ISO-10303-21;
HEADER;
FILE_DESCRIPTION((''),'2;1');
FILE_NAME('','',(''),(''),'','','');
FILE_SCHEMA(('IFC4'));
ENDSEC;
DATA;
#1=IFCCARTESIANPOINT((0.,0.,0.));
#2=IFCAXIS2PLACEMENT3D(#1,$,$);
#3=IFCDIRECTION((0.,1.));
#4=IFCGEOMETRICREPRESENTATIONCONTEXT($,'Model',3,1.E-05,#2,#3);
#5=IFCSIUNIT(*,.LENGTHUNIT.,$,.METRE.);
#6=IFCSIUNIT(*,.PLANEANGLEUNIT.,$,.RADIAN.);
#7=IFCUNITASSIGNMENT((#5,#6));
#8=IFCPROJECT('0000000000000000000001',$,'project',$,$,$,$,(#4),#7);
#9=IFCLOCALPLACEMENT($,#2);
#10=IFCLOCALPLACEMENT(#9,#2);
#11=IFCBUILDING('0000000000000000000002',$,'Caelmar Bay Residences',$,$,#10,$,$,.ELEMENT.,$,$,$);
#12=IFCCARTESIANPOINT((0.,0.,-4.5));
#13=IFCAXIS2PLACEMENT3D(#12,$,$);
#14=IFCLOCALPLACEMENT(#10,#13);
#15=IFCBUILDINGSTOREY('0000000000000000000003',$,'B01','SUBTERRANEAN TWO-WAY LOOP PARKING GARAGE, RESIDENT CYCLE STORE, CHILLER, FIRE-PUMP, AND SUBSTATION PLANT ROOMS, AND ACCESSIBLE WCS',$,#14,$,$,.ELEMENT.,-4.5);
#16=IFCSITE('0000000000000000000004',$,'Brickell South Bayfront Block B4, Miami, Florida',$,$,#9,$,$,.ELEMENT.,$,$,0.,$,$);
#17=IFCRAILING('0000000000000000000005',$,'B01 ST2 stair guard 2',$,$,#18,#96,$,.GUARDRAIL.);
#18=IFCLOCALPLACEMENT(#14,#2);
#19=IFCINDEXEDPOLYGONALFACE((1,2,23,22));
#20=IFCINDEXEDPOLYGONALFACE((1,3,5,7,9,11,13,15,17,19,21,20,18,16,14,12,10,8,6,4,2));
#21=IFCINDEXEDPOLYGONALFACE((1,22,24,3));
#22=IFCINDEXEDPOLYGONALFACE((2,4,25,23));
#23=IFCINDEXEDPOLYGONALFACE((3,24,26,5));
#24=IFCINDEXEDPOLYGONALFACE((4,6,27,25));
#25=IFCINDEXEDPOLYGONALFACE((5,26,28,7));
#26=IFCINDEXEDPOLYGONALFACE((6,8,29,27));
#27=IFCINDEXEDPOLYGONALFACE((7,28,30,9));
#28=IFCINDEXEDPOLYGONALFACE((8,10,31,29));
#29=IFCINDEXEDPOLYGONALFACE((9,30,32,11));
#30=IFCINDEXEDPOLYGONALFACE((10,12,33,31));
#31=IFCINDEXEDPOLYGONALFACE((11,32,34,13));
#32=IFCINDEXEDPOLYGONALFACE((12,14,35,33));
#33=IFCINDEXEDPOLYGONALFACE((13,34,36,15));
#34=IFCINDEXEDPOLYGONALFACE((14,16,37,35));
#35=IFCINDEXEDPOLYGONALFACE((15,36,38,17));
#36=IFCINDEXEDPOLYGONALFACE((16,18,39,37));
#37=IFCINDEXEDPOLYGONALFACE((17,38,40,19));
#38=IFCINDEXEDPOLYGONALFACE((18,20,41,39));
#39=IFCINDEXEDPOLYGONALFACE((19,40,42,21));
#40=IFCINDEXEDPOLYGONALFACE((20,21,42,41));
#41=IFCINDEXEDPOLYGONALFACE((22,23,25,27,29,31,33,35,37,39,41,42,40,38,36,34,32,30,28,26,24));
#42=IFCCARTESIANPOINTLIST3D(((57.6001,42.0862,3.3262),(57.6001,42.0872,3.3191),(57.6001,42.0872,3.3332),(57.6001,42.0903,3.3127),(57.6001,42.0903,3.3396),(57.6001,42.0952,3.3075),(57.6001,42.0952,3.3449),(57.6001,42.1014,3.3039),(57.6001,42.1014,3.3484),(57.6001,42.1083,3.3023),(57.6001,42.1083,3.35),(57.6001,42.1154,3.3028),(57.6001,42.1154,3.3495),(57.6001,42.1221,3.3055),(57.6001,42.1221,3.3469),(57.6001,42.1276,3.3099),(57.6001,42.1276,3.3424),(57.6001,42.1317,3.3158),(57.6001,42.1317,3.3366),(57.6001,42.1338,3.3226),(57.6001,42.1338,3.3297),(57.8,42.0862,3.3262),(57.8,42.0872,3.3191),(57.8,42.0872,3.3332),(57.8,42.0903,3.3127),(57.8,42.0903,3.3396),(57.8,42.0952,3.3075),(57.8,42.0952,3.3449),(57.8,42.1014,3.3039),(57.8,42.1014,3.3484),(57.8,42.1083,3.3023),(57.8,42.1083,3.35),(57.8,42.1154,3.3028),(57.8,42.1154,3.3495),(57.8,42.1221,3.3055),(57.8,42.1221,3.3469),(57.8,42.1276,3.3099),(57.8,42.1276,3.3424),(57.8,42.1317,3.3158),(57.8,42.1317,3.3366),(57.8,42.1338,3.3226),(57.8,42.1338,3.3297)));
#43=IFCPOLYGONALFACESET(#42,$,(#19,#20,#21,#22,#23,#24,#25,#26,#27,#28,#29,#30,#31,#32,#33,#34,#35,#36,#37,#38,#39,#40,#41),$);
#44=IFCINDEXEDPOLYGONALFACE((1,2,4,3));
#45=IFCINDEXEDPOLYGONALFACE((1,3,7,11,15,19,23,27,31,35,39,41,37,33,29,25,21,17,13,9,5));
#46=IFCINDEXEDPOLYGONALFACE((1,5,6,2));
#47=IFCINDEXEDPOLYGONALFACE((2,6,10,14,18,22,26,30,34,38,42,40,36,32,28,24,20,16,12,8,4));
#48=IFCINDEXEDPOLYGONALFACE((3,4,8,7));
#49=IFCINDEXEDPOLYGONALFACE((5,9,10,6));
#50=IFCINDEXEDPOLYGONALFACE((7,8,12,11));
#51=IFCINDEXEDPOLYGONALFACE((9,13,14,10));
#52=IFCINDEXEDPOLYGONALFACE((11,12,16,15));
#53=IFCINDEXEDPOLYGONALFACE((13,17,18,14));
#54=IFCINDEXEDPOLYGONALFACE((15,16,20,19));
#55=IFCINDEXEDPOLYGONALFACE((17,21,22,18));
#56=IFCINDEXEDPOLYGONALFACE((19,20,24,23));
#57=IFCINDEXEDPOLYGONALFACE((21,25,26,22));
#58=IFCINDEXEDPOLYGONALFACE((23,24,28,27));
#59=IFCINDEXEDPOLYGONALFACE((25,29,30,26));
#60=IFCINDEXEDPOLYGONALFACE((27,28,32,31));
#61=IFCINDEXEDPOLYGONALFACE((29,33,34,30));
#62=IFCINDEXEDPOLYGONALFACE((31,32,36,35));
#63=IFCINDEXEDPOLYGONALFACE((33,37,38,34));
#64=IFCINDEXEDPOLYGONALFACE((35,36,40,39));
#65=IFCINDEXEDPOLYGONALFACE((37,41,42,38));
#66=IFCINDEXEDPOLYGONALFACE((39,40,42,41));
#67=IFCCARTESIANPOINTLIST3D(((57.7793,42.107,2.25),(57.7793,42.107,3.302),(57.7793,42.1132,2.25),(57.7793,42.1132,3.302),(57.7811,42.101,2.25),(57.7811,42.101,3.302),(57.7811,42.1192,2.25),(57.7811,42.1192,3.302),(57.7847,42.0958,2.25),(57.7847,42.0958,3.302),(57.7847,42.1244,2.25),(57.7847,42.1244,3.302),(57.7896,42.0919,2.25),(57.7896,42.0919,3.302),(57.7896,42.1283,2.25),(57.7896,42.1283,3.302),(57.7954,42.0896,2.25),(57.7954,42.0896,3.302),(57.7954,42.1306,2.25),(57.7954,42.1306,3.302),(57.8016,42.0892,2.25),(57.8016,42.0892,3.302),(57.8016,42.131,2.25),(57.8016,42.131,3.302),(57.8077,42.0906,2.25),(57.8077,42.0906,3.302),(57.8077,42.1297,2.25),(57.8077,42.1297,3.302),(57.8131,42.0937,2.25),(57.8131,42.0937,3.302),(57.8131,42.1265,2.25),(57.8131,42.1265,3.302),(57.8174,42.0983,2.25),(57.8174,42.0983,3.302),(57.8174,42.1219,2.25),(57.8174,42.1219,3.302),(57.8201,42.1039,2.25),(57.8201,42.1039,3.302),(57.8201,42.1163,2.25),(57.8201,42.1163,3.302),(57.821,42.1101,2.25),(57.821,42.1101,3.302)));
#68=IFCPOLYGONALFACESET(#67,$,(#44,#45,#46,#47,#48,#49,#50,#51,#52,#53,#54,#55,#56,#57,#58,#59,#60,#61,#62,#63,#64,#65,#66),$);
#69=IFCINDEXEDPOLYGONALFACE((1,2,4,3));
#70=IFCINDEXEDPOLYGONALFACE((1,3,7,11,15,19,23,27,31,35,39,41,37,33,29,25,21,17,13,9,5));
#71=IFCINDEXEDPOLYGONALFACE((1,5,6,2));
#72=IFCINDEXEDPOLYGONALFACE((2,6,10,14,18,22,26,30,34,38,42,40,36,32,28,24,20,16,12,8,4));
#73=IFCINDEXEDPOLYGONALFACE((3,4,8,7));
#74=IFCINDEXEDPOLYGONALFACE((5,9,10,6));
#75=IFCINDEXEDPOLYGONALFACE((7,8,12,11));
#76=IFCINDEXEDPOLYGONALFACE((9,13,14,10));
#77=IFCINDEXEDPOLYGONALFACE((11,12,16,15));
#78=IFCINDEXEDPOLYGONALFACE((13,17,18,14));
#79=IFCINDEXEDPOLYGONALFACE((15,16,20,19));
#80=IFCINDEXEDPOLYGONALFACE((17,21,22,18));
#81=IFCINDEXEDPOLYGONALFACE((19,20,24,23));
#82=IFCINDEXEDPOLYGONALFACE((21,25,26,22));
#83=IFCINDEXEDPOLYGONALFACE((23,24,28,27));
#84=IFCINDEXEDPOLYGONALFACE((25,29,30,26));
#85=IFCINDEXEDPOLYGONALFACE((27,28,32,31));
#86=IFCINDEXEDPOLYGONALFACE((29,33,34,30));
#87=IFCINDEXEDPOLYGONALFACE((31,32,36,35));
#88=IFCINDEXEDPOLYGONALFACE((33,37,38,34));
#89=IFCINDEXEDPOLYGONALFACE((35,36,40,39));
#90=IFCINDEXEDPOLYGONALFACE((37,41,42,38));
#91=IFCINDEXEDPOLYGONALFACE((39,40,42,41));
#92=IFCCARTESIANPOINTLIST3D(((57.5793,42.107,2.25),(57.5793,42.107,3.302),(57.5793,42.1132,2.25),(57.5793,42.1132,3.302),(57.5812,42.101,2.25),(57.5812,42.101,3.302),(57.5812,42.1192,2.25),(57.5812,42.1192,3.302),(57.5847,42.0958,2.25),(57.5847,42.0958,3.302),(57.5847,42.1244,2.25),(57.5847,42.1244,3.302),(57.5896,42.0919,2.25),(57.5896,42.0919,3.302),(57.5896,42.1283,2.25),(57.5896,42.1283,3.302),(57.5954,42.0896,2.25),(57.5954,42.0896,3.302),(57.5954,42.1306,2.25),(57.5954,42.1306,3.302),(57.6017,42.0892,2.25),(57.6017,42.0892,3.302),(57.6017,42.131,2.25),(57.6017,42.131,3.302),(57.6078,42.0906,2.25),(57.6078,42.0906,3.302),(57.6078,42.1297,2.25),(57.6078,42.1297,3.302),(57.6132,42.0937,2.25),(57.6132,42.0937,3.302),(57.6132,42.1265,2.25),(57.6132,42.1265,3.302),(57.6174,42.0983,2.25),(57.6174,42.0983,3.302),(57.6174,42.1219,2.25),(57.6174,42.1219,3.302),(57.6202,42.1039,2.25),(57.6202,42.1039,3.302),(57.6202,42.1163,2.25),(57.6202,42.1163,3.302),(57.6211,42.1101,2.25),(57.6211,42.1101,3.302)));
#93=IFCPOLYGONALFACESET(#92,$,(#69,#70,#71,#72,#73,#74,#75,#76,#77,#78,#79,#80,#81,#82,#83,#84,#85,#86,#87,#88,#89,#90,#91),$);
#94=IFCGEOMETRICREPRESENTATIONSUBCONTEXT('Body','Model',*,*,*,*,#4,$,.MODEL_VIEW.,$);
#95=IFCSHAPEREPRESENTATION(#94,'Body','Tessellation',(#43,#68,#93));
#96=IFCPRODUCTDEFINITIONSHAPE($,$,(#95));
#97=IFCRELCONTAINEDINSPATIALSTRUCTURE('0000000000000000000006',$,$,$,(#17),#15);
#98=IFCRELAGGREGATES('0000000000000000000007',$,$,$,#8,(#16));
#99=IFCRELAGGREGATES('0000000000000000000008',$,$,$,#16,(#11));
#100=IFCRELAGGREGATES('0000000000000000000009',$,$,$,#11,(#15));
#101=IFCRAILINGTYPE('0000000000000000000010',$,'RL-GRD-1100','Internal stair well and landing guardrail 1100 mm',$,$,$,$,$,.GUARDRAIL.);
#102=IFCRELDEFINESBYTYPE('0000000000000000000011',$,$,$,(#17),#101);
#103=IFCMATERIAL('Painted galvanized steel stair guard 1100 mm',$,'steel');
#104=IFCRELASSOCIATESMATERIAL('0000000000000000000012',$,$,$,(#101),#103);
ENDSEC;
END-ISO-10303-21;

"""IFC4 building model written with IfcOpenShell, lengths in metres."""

from ifc_helpers import new_model, si_unit, direction, frame, origin, origin_2d, place, context, subcontext, project, spatial, circle, extrude, material, type_object, element, save


model = new_model("IFC4")

# Units and contexts
model_context = context("Model", 3, precision=1e-05, world=origin(), true_north=direction((0.0, 1.0)))
body_context = subcontext(model_context, "Body", "Model", "MODEL_VIEW")
ifc_project = project(units=[si_unit("LENGTHUNIT", "METRE"), si_unit("PLANEANGLEUNIT", "RADIAN")], contexts=[model_context])

# Site, building, storey
site_placement = place(None, origin())
site = spatial("IfcSite", under=ifc_project, at=site_placement, Name="Brickell South Bayfront Block B4, Miami, Florida", CompositionType="ELEMENT", RefElevation=0.0)
building_placement = place(site_placement, origin())
building = spatial("IfcBuilding", under=site, at=building_placement, Name="Caelmar Bay Residences", CompositionType="ELEMENT")
storey_placement = place(building_placement, frame((0.0, 0.0, -4.5)))
storey = spatial("IfcBuildingStorey", under=building, at=storey_placement, Name="B01", Description="SUBTERRANEAN TWO-WAY LOOP PARKING GARAGE, RESIDENT CYCLE STORE, CHILLER, FIRE-PUMP, AND SUBSTATION PLANT ROOMS, AND ACCESSIBLE WCS", CompositionType="ELEMENT", Elevation=-4.5)

# Railing
ifc_material_1 = material(Name="Painted galvanized steel stair guard 1100 mm", Category="steel")
railing_type_1 = type_object("IfcRailingType", Name="RL-GRD-1100", Description="Internal stair well and landing guardrail 1100 mm", PredefinedType="GUARDRAIL", material=ifc_material_1)
railing_1_placement = place(storey_placement, frame((57.8, 42.1101, 2.25)))
element("IfcRailing", 1, at=railing_1_placement, inside=storey, type_object=railing_type_1, Name="B01 ST2 stair guard 2", PredefinedType="GUARDRAIL", context=body_context, shape_type="SweptSolid", body=[
    extrude(circle(Radius=0.0239, at=origin_2d()), frame((0.0, 0.0, 1.0762), z_axis=(-1.0, 0.0, 0.0), x_axis=(0.0, -1.0, 0.0)), (0.0, 0.0, 1.0), 0.2),
    extrude(circle(Radius=0.021, at=origin_2d()), origin(), (0.0, 0.0, 1.0), 1.052),
    extrude(circle(Radius=0.021, at=origin_2d()), frame((-0.2, 0.0, 0.0)), (0.0, 0.0, 1.0), 1.052),
])

save(model, "model.ifc")
